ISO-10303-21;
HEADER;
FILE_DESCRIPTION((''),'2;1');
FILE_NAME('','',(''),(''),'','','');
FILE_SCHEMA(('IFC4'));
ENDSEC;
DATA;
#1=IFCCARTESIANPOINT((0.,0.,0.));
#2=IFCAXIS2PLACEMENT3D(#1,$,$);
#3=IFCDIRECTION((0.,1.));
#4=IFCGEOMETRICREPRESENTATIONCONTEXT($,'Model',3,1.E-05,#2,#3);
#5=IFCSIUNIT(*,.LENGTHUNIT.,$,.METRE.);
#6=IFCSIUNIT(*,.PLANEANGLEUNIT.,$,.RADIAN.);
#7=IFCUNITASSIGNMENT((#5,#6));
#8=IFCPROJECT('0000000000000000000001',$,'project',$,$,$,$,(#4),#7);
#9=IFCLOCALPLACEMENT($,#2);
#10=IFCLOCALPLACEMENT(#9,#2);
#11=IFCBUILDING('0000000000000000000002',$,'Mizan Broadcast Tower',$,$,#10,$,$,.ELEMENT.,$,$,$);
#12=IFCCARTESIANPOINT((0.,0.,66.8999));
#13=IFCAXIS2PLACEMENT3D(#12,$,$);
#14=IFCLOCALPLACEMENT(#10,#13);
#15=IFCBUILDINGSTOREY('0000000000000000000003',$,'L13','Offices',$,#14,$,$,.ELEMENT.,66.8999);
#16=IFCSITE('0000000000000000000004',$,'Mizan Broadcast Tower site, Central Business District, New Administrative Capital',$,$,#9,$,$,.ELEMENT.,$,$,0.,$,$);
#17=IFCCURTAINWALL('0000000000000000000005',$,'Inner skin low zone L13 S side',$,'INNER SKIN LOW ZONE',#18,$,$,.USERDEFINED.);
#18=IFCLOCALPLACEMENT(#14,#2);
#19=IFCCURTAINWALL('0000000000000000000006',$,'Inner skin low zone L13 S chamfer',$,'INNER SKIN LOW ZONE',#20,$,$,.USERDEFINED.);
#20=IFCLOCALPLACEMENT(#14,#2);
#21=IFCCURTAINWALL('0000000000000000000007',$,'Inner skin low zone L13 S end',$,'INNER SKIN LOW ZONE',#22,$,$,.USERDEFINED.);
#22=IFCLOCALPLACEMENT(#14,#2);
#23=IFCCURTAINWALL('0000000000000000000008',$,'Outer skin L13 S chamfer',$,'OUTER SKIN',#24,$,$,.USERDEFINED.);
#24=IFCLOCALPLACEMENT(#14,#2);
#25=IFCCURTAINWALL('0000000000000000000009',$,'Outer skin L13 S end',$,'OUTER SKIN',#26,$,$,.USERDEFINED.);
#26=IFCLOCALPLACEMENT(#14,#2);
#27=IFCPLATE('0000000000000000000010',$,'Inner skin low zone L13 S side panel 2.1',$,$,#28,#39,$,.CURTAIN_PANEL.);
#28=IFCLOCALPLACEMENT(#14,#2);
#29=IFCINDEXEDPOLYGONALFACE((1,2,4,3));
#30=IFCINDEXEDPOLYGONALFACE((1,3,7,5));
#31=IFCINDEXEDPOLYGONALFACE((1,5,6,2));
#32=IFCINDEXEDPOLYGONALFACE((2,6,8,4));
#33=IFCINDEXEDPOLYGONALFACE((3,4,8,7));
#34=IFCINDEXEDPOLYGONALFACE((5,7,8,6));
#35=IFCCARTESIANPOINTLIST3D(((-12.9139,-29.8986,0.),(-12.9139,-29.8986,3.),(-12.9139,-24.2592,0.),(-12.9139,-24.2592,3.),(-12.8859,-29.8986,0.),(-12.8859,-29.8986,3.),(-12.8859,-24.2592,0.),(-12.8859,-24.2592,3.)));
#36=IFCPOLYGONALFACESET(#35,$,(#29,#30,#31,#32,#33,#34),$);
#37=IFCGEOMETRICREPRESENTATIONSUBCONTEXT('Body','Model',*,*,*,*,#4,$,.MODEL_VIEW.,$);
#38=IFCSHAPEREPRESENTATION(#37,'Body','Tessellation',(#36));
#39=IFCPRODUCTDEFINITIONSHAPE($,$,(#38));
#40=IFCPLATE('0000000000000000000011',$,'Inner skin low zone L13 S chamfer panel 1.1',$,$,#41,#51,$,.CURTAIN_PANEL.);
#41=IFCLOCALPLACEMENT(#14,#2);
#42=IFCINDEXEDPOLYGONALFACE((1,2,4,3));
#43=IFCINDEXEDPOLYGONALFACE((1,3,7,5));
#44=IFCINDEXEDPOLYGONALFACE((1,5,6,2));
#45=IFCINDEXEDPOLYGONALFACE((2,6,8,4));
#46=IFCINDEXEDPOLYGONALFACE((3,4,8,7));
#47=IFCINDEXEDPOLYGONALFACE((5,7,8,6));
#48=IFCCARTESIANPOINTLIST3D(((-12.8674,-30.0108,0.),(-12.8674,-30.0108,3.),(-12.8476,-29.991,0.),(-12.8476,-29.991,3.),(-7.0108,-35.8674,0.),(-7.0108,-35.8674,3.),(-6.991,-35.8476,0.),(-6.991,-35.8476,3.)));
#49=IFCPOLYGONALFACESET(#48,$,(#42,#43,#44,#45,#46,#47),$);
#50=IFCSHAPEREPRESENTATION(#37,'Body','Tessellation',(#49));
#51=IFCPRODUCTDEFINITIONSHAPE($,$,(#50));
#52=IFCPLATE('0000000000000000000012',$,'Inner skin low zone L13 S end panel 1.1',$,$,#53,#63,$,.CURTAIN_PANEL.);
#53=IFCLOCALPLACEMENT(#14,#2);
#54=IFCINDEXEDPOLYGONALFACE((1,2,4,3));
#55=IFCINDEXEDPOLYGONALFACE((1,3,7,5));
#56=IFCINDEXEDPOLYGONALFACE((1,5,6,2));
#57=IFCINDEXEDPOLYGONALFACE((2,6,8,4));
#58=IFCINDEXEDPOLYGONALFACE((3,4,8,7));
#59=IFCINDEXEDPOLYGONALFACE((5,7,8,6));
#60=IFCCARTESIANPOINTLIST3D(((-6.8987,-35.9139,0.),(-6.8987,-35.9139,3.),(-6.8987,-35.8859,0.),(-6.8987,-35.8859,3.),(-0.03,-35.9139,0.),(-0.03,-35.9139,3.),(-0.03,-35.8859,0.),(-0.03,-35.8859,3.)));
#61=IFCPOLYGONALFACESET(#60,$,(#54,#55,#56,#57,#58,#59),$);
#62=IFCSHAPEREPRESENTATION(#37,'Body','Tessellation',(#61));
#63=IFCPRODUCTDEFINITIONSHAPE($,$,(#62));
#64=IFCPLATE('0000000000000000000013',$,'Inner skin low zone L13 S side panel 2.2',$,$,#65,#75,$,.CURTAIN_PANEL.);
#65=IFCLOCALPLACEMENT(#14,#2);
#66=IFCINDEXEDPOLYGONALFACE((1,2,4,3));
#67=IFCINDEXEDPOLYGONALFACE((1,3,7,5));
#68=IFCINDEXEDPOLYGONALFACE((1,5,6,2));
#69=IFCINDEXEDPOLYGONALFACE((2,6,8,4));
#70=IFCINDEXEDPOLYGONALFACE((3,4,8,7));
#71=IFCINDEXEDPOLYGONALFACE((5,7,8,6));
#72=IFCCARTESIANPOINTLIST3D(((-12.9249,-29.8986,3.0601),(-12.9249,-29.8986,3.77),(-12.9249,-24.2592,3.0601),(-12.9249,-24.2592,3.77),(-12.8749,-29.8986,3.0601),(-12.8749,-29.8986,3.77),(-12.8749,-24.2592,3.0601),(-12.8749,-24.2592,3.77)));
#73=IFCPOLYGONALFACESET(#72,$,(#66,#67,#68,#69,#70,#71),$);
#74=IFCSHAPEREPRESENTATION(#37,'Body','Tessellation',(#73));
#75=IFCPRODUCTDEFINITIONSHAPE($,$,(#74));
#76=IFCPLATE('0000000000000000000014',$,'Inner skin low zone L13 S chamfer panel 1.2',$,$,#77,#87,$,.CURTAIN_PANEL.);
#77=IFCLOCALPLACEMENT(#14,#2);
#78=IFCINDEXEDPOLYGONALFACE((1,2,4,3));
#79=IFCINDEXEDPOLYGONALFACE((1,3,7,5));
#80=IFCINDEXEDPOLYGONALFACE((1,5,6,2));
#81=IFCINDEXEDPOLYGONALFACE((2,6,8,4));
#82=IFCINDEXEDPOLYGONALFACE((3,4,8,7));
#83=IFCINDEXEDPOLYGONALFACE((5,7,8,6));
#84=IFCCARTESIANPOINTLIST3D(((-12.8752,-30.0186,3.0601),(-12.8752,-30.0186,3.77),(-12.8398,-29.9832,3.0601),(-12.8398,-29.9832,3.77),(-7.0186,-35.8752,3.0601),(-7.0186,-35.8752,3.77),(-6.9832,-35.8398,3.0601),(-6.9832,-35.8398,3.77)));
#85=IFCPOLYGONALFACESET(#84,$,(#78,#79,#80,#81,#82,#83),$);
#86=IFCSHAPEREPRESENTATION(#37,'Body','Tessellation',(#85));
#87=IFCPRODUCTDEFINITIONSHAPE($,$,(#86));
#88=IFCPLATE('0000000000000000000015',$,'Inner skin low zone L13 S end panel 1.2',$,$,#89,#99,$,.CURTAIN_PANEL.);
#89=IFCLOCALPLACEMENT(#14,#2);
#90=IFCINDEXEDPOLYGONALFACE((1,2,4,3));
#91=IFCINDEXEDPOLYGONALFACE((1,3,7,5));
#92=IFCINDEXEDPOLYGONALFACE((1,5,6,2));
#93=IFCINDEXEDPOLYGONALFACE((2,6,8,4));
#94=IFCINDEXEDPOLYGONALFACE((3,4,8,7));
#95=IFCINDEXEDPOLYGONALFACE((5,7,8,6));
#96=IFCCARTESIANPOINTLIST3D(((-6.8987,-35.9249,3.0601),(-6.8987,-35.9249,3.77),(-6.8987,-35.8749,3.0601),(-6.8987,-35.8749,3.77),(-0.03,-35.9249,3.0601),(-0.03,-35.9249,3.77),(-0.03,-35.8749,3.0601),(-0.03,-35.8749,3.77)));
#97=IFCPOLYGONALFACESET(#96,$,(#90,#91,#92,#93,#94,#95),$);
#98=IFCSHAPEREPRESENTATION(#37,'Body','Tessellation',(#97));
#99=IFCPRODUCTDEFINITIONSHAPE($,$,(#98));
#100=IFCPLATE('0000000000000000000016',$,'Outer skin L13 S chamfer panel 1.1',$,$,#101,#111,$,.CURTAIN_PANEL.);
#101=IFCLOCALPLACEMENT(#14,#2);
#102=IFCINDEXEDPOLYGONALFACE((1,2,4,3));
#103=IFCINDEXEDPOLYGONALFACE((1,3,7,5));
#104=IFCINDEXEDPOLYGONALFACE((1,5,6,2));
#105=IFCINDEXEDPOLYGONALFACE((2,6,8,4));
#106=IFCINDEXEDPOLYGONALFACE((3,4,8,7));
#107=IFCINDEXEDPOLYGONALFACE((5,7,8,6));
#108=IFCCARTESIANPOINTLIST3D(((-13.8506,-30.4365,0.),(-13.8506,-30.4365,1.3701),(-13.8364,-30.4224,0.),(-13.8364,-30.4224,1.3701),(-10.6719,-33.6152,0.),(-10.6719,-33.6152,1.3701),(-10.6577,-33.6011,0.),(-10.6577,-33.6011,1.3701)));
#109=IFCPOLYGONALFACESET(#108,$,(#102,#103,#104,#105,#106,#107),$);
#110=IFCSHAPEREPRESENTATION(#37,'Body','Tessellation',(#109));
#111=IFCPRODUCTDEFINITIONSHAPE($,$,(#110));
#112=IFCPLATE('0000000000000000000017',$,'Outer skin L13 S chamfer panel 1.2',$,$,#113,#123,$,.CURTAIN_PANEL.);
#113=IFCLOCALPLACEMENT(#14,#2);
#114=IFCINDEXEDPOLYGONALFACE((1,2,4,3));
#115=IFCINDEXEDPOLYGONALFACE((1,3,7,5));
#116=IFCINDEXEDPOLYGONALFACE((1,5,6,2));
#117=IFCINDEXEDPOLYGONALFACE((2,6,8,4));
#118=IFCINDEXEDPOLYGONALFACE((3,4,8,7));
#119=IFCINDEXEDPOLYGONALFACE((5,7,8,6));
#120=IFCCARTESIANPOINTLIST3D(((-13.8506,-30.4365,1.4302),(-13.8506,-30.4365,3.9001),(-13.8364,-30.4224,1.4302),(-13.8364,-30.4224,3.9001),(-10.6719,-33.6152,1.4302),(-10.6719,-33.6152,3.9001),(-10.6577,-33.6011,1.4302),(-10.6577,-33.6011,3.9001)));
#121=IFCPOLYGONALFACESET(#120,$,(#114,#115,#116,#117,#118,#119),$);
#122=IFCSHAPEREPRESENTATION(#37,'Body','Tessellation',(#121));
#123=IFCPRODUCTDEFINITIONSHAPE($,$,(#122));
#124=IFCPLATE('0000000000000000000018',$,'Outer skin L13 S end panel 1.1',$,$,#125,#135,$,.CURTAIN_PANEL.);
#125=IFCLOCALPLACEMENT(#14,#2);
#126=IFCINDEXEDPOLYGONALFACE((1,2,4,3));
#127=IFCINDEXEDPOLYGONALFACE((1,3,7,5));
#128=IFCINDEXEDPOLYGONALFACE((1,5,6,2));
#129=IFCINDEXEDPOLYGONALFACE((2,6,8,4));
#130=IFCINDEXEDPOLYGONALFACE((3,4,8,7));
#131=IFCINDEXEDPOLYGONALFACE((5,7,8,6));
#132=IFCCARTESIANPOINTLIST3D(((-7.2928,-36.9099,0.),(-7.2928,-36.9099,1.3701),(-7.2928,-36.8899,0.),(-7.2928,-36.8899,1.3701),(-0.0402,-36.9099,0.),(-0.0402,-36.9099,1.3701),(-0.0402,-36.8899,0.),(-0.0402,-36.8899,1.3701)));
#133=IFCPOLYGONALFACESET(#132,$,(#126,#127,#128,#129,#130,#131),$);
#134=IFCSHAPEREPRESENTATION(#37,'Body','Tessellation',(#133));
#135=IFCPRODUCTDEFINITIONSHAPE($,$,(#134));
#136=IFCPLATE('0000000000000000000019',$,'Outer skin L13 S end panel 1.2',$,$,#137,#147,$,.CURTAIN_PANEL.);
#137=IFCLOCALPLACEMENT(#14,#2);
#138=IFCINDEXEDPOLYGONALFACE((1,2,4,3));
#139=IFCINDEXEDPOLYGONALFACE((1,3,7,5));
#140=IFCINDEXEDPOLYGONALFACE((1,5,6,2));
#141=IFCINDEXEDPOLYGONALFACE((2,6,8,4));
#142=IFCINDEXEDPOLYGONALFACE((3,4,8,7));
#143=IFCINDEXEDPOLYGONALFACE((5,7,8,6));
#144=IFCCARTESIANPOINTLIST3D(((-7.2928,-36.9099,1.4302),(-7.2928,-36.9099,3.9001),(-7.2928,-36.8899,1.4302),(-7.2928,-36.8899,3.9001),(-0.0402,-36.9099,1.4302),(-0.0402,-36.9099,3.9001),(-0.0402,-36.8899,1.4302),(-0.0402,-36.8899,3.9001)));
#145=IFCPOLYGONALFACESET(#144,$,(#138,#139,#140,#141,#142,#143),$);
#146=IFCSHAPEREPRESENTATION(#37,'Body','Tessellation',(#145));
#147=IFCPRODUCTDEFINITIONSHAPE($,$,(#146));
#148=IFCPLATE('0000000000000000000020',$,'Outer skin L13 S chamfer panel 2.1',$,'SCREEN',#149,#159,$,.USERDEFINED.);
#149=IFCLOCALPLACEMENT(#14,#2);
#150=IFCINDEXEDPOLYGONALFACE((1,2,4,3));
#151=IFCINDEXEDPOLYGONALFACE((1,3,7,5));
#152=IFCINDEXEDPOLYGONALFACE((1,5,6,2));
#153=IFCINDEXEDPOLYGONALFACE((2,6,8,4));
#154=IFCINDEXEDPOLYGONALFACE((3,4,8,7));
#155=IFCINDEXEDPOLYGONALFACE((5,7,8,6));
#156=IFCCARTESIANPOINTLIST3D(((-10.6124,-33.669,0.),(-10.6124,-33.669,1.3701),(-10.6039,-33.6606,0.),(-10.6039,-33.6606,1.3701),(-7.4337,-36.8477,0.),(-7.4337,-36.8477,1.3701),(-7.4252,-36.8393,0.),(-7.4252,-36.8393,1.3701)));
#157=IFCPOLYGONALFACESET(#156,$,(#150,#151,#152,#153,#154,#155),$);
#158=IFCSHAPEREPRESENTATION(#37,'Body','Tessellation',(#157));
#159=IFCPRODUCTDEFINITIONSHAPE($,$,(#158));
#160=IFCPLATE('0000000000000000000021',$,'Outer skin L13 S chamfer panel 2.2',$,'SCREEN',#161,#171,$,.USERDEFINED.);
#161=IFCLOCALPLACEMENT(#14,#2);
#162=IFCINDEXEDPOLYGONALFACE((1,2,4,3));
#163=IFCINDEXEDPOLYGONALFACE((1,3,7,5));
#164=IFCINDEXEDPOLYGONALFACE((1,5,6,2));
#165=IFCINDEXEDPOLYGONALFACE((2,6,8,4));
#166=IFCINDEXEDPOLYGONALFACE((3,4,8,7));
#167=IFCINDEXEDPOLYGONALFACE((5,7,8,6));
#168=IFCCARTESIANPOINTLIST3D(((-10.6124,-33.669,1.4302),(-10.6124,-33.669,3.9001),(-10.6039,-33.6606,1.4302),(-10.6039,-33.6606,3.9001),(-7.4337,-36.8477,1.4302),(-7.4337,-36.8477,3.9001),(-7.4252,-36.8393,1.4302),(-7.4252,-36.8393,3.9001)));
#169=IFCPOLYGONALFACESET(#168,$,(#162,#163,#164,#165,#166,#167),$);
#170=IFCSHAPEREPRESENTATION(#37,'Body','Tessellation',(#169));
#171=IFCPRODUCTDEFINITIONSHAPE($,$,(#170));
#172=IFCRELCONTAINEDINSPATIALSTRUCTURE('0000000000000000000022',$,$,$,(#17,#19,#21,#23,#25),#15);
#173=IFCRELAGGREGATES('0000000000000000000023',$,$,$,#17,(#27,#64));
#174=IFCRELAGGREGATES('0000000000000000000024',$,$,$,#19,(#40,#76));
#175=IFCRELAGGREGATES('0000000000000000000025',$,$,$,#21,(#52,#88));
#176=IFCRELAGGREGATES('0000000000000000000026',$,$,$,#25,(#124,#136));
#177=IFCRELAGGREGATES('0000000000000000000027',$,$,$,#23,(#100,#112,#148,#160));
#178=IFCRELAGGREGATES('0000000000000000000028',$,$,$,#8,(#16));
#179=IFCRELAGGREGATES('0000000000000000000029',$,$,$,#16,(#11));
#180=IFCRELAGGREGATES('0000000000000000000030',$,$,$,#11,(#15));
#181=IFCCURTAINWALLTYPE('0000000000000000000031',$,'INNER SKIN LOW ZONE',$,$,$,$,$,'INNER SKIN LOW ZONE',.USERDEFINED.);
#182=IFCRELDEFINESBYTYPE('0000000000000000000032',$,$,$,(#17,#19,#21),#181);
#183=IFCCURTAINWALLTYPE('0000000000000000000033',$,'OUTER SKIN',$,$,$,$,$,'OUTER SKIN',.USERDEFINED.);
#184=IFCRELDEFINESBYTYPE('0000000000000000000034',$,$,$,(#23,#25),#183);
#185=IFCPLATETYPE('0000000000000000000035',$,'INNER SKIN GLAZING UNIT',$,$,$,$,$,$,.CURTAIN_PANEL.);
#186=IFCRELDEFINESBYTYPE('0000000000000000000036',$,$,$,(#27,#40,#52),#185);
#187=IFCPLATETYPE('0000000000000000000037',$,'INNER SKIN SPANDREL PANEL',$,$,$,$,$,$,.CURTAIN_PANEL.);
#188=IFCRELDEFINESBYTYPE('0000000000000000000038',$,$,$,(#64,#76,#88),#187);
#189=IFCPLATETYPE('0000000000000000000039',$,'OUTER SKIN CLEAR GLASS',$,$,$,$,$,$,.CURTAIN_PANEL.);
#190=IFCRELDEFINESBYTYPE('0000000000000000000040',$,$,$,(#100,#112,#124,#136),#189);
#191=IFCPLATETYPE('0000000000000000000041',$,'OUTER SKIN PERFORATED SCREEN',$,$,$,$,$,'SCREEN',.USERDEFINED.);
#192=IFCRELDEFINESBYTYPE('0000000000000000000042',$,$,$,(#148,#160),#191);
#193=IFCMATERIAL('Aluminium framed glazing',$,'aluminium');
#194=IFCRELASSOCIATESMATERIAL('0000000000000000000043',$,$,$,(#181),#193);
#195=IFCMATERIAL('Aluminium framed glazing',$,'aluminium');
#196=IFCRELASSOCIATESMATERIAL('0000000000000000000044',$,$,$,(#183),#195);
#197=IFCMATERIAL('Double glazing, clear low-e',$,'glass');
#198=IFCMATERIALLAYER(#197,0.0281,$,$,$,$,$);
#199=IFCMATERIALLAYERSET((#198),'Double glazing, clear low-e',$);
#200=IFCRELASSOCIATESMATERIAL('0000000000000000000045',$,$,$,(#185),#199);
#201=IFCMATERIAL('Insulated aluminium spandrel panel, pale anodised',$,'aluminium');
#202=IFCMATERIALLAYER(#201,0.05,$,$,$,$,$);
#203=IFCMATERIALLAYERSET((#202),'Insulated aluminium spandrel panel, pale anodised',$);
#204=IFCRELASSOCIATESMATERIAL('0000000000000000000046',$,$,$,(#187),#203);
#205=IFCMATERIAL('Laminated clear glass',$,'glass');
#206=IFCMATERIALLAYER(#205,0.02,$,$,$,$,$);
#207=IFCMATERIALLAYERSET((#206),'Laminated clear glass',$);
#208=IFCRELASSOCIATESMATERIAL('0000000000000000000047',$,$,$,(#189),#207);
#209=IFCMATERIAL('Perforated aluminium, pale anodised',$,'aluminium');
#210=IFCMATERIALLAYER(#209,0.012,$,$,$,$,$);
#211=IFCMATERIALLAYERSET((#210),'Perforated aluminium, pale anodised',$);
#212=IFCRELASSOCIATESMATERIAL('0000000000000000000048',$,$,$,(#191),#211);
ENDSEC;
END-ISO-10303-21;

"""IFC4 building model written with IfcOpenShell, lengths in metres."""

from ifc_helpers import new_model, si_unit, direction, frame, origin, origin_2d, place, context, subcontext, project, spatial, rectangle, extrude, material, layer, layer_set, type_object, element, aggregate, save


model = new_model("IFC4")

# Units and contexts
model_context = context("Model", 3, precision=1e-05, world=origin(), true_north=direction((0.0, 1.0)))
body_context = subcontext(model_context, "Body", "Model", "MODEL_VIEW")
ifc_project = project(units=[si_unit("LENGTHUNIT", "METRE"), si_unit("PLANEANGLEUNIT", "RADIAN")], contexts=[model_context])

# Site, building, storey
site_placement = place(None, origin())
site = spatial("IfcSite", under=ifc_project, at=site_placement, Name="Mizan Broadcast Tower site, Central Business District, New Administrative Capital", CompositionType="ELEMENT", RefElevation=0.0)
building_placement = place(site_placement, origin())
building = spatial("IfcBuilding", under=site, at=building_placement, Name="Mizan Broadcast Tower", CompositionType="ELEMENT")
storey_placement = place(building_placement, frame((0.0, 0.0, 66.8999)))
storey = spatial("IfcBuildingStorey", under=building, at=storey_placement, Name="L13", Description="Offices", CompositionType="ELEMENT", Elevation=66.8999)

# Curtain wall
ifc_material_1 = material(Name="Aluminium framed glazing", Category="aluminium")
curtain_wall_type_1 = type_object("IfcCurtainWallType", Name="INNER SKIN LOW ZONE", ElementType="INNER SKIN LOW ZONE", PredefinedType="USERDEFINED", material=ifc_material_1)
curtain_wall_1_placement = place(storey_placement, origin())
curtain_wall_1 = element("IfcCurtainWall", 1, at=curtain_wall_1_placement, inside=storey, type_object=curtain_wall_type_1, Name="Inner skin low zone L13 S side", ObjectType="INNER SKIN LOW ZONE", PredefinedType="USERDEFINED")

# Curtain wall
curtain_wall_2_placement = place(storey_placement, origin())
curtain_wall_2 = element("IfcCurtainWall", 2, at=curtain_wall_2_placement, inside=storey, type_object=curtain_wall_type_1, Name="Inner skin low zone L13 S chamfer", ObjectType="INNER SKIN LOW ZONE", PredefinedType="USERDEFINED")

# Curtain wall
curtain_wall_3_placement = place(storey_placement, origin())
curtain_wall_3 = element("IfcCurtainWall", 3, at=curtain_wall_3_placement, inside=storey, type_object=curtain_wall_type_1, Name="Inner skin low zone L13 S end", ObjectType="INNER SKIN LOW ZONE", PredefinedType="USERDEFINED")
ifc_material_2 = material(Name="Aluminium framed glazing", Category="aluminium")
curtain_wall_type_2 = type_object("IfcCurtainWallType", Name="OUTER SKIN", ElementType="OUTER SKIN", PredefinedType="USERDEFINED", material=ifc_material_2)

# Curtain wall
curtain_wall_4_placement = place(storey_placement, origin())
curtain_wall_4 = element("IfcCurtainWall", 4, at=curtain_wall_4_placement, inside=storey, type_object=curtain_wall_type_2, Name="Outer skin L13 S chamfer", ObjectType="OUTER SKIN", PredefinedType="USERDEFINED")

# Curtain wall
curtain_wall_5_placement = place(storey_placement, origin())
curtain_wall_5 = element("IfcCurtainWall", 5, at=curtain_wall_5_placement, inside=storey, type_object=curtain_wall_type_2, Name="Outer skin L13 S end", ObjectType="OUTER SKIN", PredefinedType="USERDEFINED")

# Plates
ifc_material_3 = material(Name="Double glazing, clear low-e", Category="glass")
ifc_layer_1 = layer(ifc_material_3, 0.0281)
ifc_layer_set_1 = layer_set([ifc_layer_1], Name="Double glazing, clear low-e")
plate_type_1 = type_object("IfcPlateType", Name="INNER SKIN GLAZING UNIT", PredefinedType="CURTAIN_PANEL", material=ifc_layer_set_1)
plate_1_placement = place(storey_placement, frame((-12.8999, -27.0789, 0.0), z_axis=(0.0, 0.0, 1.0), x_axis=(0.0, -1.0, 0.0)))
plate_1 = element("IfcPlate", 6, at=plate_1_placement, type_object=plate_type_1, Name="Inner skin low zone L13 S side panel 2.1", PredefinedType="CURTAIN_PANEL", context=body_context, shape_type="SweptSolid", body=[
    extrude(rectangle(XDim=5.6394, YDim=0.0281, at=origin_2d()), origin(), (0.0, 0.0, 1.0), 3.0),
])
plate_2_placement = place(storey_placement, frame((-9.9292, -32.9292, 0.0), z_axis=(0.0, 0.0, 1.0), x_axis=(0.707107, -0.707107, 0.0)))
plate_2 = element("IfcPlate", 7, at=plate_2_placement, type_object=plate_type_1, Name="Inner skin low zone L13 S chamfer panel 1.1", PredefinedType="CURTAIN_PANEL", context=body_context, shape_type="SweptSolid", body=[
    extrude(rectangle(XDim=8.2825, YDim=0.0281, at=origin_2d()), origin(), (0.0, 0.0, 1.0), 3.0),
])
plate_3_placement = place(storey_placement, frame((-3.4644, -35.8999, 0.0), z_axis=(0.0, 0.0, 1.0), x_axis=(1.0, 0.0, 0.0)))
plate_3 = element("IfcPlate", 8, at=plate_3_placement, type_object=plate_type_1, Name="Inner skin low zone L13 S end panel 1.1", PredefinedType="CURTAIN_PANEL", context=body_context, shape_type="SweptSolid", body=[
    extrude(rectangle(XDim=6.8687, YDim=0.0281, at=origin_2d()), origin(), (0.0, 0.0, 1.0), 3.0),
])
ifc_material_4 = material(Name="Insulated aluminium spandrel panel, pale anodised", Category="aluminium")
ifc_layer_2 = layer(ifc_material_4, 0.05)
ifc_layer_set_2 = layer_set([ifc_layer_2], Name="Insulated aluminium spandrel panel, pale anodised")
plate_type_2 = type_object("IfcPlateType", Name="INNER SKIN SPANDREL PANEL", PredefinedType="CURTAIN_PANEL", material=ifc_layer_set_2)
plate_4_placement = place(storey_placement, frame((-12.8999, -27.0789, 3.0601), z_axis=(0.0, 0.0, 1.0), x_axis=(0.0, -1.0, 0.0)))
plate_4 = element("IfcPlate", 9, at=plate_4_placement, type_object=plate_type_2, Name="Inner skin low zone L13 S side panel 2.2", PredefinedType="CURTAIN_PANEL", context=body_context, shape_type="SweptSolid", body=[
    extrude(rectangle(XDim=5.6394, YDim=0.05, at=origin_2d()), origin(), (0.0, 0.0, 1.0), 0.71),
])
aggregate(curtain_wall_1, [plate_1, plate_4])
plate_5_placement = place(storey_placement, frame((-9.9292, -32.9292, 3.0601), z_axis=(0.0, 0.0, 1.0), x_axis=(0.707107, -0.707107, 0.0)))
plate_5 = element("IfcPlate", 10, at=plate_5_placement, type_object=plate_type_2, Name="Inner skin low zone L13 S chamfer panel 1.2", PredefinedType="CURTAIN_PANEL", context=body_context, shape_type="SweptSolid", body=[
    extrude(rectangle(XDim=8.2825, YDim=0.05, at=origin_2d()), origin(), (0.0, 0.0, 1.0), 0.71),
])
aggregate(curtain_wall_2, [plate_2, plate_5])
plate_6_placement = place(storey_placement, frame((-3.4644, -35.8999, 3.0601), z_axis=(0.0, 0.0, 1.0), x_axis=(1.0, 0.0, 0.0)))
plate_6 = element("IfcPlate", 11, at=plate_6_placement, type_object=plate_type_2, Name="Inner skin low zone L13 S end panel 1.2", PredefinedType="CURTAIN_PANEL", context=body_context, shape_type="SweptSolid", body=[
    extrude(rectangle(XDim=6.8687, YDim=0.05, at=origin_2d()), origin(), (0.0, 0.0, 1.0), 0.71),
])
aggregate(curtain_wall_3, [plate_3, plate_6])
ifc_material_5 = material(Name="Laminated clear glass", Category="glass")
ifc_layer_3 = layer(ifc_material_5, 0.02)
ifc_layer_set_3 = layer_set([ifc_layer_3], Name="Laminated clear glass")
plate_type_3 = type_object("IfcPlateType", Name="OUTER SKIN CLEAR GLASS", PredefinedType="CURTAIN_PANEL", material=ifc_layer_set_3)
plate_7_placement = place(storey_placement, frame((-12.2542, -32.0188, 0.0), z_axis=(0.0, 0.0, 1.0), x_axis=(0.707107, -0.707107, 0.0)))
plate_7 = element("IfcPlate", 12, at=plate_7_placement, type_object=plate_type_3, Name="Outer skin L13 S chamfer panel 1.1", PredefinedType="CURTAIN_PANEL", context=body_context, shape_type="SweptSolid", body=[
    extrude(rectangle(XDim=4.4954, YDim=0.02, at=origin_2d()), origin(), (0.0, 0.0, 1.0), 1.3701),
])
plate_8_placement = place(storey_placement, frame((-12.2542, -32.0188, 1.4302), z_axis=(0.0, 0.0, 1.0), x_axis=(0.707107, -0.707107, 0.0)))
plate_8 = element("IfcPlate", 13, at=plate_8_placement, type_object=plate_type_3, Name="Outer skin L13 S chamfer panel 1.2", PredefinedType="CURTAIN_PANEL", context=body_context, shape_type="SweptSolid", body=[
    extrude(rectangle(XDim=4.4954, YDim=0.02, at=origin_2d()), origin(), (0.0, 0.0, 1.0), 2.47),
])
plate_9_placement = place(storey_placement, frame((-3.6665, -36.8999, 0.0), z_axis=(0.0, 0.0, 1.0), x_axis=(1.0, 0.0, 0.0)))
plate_9 = element("IfcPlate", 14, at=plate_9_placement, type_object=plate_type_3, Name="Outer skin L13 S end panel 1.1", PredefinedType="CURTAIN_PANEL", context=body_context, shape_type="SweptSolid", body=[
    extrude(rectangle(XDim=7.2527, YDim=0.02, at=origin_2d()), origin(), (0.0, 0.0, 1.0), 1.3701),
])
plate_10_placement = place(storey_placement, frame((-3.6665, -36.8999, 1.4302), z_axis=(0.0, 0.0, 1.0), x_axis=(1.0, 0.0, 0.0)))
plate_10 = element("IfcPlate", 15, at=plate_10_placement, type_object=plate_type_3, Name="Outer skin L13 S end panel 1.2", PredefinedType="CURTAIN_PANEL", context=body_context, shape_type="SweptSolid", body=[
    extrude(rectangle(XDim=7.2527, YDim=0.02, at=origin_2d()), origin(), (0.0, 0.0, 1.0), 2.47),
])
aggregate(curtain_wall_5, [plate_9, plate_10])
ifc_material_6 = material(Name="Perforated aluminium, pale anodised", Category="aluminium")
ifc_layer_4 = layer(ifc_material_6, 0.012)
ifc_layer_set_4 = layer_set([ifc_layer_4], Name="Perforated aluminium, pale anodised")
plate_type_4 = type_object("IfcPlateType", Name="OUTER SKIN PERFORATED SCREEN", ElementType="SCREEN", PredefinedType="USERDEFINED", material=ifc_layer_set_4)
plate_11_placement = place(storey_placement, frame((-9.0188, -35.2542, 0.0), z_axis=(0.0, 0.0, 1.0), x_axis=(0.707107, -0.707107, 0.0)))
plate_11 = element("IfcPlate", 16, at=plate_11_placement, type_object=plate_type_4, Name="Outer skin L13 S chamfer panel 2.1", ObjectType="SCREEN", PredefinedType="USERDEFINED", context=body_context, shape_type="SweptSolid", body=[
    extrude(rectangle(XDim=4.4954, YDim=0.012, at=origin_2d()), origin(), (0.0, 0.0, 1.0), 1.3701),
])
plate_12_placement = place(storey_placement, frame((-9.0188, -35.2542, 1.4302), z_axis=(0.0, 0.0, 1.0), x_axis=(0.707107, -0.707107, 0.0)))
plate_12 = element("IfcPlate", 17, at=plate_12_placement, type_object=plate_type_4, Name="Outer skin L13 S chamfer panel 2.2", ObjectType="SCREEN", PredefinedType="USERDEFINED", context=body_context, shape_type="SweptSolid", body=[
    extrude(rectangle(XDim=4.4954, YDim=0.012, at=origin_2d()), origin(), (0.0, 0.0, 1.0), 2.47),
])
aggregate(curtain_wall_4, [plate_7, plate_8, plate_11, plate_12])

save(model, "model.ifc")
